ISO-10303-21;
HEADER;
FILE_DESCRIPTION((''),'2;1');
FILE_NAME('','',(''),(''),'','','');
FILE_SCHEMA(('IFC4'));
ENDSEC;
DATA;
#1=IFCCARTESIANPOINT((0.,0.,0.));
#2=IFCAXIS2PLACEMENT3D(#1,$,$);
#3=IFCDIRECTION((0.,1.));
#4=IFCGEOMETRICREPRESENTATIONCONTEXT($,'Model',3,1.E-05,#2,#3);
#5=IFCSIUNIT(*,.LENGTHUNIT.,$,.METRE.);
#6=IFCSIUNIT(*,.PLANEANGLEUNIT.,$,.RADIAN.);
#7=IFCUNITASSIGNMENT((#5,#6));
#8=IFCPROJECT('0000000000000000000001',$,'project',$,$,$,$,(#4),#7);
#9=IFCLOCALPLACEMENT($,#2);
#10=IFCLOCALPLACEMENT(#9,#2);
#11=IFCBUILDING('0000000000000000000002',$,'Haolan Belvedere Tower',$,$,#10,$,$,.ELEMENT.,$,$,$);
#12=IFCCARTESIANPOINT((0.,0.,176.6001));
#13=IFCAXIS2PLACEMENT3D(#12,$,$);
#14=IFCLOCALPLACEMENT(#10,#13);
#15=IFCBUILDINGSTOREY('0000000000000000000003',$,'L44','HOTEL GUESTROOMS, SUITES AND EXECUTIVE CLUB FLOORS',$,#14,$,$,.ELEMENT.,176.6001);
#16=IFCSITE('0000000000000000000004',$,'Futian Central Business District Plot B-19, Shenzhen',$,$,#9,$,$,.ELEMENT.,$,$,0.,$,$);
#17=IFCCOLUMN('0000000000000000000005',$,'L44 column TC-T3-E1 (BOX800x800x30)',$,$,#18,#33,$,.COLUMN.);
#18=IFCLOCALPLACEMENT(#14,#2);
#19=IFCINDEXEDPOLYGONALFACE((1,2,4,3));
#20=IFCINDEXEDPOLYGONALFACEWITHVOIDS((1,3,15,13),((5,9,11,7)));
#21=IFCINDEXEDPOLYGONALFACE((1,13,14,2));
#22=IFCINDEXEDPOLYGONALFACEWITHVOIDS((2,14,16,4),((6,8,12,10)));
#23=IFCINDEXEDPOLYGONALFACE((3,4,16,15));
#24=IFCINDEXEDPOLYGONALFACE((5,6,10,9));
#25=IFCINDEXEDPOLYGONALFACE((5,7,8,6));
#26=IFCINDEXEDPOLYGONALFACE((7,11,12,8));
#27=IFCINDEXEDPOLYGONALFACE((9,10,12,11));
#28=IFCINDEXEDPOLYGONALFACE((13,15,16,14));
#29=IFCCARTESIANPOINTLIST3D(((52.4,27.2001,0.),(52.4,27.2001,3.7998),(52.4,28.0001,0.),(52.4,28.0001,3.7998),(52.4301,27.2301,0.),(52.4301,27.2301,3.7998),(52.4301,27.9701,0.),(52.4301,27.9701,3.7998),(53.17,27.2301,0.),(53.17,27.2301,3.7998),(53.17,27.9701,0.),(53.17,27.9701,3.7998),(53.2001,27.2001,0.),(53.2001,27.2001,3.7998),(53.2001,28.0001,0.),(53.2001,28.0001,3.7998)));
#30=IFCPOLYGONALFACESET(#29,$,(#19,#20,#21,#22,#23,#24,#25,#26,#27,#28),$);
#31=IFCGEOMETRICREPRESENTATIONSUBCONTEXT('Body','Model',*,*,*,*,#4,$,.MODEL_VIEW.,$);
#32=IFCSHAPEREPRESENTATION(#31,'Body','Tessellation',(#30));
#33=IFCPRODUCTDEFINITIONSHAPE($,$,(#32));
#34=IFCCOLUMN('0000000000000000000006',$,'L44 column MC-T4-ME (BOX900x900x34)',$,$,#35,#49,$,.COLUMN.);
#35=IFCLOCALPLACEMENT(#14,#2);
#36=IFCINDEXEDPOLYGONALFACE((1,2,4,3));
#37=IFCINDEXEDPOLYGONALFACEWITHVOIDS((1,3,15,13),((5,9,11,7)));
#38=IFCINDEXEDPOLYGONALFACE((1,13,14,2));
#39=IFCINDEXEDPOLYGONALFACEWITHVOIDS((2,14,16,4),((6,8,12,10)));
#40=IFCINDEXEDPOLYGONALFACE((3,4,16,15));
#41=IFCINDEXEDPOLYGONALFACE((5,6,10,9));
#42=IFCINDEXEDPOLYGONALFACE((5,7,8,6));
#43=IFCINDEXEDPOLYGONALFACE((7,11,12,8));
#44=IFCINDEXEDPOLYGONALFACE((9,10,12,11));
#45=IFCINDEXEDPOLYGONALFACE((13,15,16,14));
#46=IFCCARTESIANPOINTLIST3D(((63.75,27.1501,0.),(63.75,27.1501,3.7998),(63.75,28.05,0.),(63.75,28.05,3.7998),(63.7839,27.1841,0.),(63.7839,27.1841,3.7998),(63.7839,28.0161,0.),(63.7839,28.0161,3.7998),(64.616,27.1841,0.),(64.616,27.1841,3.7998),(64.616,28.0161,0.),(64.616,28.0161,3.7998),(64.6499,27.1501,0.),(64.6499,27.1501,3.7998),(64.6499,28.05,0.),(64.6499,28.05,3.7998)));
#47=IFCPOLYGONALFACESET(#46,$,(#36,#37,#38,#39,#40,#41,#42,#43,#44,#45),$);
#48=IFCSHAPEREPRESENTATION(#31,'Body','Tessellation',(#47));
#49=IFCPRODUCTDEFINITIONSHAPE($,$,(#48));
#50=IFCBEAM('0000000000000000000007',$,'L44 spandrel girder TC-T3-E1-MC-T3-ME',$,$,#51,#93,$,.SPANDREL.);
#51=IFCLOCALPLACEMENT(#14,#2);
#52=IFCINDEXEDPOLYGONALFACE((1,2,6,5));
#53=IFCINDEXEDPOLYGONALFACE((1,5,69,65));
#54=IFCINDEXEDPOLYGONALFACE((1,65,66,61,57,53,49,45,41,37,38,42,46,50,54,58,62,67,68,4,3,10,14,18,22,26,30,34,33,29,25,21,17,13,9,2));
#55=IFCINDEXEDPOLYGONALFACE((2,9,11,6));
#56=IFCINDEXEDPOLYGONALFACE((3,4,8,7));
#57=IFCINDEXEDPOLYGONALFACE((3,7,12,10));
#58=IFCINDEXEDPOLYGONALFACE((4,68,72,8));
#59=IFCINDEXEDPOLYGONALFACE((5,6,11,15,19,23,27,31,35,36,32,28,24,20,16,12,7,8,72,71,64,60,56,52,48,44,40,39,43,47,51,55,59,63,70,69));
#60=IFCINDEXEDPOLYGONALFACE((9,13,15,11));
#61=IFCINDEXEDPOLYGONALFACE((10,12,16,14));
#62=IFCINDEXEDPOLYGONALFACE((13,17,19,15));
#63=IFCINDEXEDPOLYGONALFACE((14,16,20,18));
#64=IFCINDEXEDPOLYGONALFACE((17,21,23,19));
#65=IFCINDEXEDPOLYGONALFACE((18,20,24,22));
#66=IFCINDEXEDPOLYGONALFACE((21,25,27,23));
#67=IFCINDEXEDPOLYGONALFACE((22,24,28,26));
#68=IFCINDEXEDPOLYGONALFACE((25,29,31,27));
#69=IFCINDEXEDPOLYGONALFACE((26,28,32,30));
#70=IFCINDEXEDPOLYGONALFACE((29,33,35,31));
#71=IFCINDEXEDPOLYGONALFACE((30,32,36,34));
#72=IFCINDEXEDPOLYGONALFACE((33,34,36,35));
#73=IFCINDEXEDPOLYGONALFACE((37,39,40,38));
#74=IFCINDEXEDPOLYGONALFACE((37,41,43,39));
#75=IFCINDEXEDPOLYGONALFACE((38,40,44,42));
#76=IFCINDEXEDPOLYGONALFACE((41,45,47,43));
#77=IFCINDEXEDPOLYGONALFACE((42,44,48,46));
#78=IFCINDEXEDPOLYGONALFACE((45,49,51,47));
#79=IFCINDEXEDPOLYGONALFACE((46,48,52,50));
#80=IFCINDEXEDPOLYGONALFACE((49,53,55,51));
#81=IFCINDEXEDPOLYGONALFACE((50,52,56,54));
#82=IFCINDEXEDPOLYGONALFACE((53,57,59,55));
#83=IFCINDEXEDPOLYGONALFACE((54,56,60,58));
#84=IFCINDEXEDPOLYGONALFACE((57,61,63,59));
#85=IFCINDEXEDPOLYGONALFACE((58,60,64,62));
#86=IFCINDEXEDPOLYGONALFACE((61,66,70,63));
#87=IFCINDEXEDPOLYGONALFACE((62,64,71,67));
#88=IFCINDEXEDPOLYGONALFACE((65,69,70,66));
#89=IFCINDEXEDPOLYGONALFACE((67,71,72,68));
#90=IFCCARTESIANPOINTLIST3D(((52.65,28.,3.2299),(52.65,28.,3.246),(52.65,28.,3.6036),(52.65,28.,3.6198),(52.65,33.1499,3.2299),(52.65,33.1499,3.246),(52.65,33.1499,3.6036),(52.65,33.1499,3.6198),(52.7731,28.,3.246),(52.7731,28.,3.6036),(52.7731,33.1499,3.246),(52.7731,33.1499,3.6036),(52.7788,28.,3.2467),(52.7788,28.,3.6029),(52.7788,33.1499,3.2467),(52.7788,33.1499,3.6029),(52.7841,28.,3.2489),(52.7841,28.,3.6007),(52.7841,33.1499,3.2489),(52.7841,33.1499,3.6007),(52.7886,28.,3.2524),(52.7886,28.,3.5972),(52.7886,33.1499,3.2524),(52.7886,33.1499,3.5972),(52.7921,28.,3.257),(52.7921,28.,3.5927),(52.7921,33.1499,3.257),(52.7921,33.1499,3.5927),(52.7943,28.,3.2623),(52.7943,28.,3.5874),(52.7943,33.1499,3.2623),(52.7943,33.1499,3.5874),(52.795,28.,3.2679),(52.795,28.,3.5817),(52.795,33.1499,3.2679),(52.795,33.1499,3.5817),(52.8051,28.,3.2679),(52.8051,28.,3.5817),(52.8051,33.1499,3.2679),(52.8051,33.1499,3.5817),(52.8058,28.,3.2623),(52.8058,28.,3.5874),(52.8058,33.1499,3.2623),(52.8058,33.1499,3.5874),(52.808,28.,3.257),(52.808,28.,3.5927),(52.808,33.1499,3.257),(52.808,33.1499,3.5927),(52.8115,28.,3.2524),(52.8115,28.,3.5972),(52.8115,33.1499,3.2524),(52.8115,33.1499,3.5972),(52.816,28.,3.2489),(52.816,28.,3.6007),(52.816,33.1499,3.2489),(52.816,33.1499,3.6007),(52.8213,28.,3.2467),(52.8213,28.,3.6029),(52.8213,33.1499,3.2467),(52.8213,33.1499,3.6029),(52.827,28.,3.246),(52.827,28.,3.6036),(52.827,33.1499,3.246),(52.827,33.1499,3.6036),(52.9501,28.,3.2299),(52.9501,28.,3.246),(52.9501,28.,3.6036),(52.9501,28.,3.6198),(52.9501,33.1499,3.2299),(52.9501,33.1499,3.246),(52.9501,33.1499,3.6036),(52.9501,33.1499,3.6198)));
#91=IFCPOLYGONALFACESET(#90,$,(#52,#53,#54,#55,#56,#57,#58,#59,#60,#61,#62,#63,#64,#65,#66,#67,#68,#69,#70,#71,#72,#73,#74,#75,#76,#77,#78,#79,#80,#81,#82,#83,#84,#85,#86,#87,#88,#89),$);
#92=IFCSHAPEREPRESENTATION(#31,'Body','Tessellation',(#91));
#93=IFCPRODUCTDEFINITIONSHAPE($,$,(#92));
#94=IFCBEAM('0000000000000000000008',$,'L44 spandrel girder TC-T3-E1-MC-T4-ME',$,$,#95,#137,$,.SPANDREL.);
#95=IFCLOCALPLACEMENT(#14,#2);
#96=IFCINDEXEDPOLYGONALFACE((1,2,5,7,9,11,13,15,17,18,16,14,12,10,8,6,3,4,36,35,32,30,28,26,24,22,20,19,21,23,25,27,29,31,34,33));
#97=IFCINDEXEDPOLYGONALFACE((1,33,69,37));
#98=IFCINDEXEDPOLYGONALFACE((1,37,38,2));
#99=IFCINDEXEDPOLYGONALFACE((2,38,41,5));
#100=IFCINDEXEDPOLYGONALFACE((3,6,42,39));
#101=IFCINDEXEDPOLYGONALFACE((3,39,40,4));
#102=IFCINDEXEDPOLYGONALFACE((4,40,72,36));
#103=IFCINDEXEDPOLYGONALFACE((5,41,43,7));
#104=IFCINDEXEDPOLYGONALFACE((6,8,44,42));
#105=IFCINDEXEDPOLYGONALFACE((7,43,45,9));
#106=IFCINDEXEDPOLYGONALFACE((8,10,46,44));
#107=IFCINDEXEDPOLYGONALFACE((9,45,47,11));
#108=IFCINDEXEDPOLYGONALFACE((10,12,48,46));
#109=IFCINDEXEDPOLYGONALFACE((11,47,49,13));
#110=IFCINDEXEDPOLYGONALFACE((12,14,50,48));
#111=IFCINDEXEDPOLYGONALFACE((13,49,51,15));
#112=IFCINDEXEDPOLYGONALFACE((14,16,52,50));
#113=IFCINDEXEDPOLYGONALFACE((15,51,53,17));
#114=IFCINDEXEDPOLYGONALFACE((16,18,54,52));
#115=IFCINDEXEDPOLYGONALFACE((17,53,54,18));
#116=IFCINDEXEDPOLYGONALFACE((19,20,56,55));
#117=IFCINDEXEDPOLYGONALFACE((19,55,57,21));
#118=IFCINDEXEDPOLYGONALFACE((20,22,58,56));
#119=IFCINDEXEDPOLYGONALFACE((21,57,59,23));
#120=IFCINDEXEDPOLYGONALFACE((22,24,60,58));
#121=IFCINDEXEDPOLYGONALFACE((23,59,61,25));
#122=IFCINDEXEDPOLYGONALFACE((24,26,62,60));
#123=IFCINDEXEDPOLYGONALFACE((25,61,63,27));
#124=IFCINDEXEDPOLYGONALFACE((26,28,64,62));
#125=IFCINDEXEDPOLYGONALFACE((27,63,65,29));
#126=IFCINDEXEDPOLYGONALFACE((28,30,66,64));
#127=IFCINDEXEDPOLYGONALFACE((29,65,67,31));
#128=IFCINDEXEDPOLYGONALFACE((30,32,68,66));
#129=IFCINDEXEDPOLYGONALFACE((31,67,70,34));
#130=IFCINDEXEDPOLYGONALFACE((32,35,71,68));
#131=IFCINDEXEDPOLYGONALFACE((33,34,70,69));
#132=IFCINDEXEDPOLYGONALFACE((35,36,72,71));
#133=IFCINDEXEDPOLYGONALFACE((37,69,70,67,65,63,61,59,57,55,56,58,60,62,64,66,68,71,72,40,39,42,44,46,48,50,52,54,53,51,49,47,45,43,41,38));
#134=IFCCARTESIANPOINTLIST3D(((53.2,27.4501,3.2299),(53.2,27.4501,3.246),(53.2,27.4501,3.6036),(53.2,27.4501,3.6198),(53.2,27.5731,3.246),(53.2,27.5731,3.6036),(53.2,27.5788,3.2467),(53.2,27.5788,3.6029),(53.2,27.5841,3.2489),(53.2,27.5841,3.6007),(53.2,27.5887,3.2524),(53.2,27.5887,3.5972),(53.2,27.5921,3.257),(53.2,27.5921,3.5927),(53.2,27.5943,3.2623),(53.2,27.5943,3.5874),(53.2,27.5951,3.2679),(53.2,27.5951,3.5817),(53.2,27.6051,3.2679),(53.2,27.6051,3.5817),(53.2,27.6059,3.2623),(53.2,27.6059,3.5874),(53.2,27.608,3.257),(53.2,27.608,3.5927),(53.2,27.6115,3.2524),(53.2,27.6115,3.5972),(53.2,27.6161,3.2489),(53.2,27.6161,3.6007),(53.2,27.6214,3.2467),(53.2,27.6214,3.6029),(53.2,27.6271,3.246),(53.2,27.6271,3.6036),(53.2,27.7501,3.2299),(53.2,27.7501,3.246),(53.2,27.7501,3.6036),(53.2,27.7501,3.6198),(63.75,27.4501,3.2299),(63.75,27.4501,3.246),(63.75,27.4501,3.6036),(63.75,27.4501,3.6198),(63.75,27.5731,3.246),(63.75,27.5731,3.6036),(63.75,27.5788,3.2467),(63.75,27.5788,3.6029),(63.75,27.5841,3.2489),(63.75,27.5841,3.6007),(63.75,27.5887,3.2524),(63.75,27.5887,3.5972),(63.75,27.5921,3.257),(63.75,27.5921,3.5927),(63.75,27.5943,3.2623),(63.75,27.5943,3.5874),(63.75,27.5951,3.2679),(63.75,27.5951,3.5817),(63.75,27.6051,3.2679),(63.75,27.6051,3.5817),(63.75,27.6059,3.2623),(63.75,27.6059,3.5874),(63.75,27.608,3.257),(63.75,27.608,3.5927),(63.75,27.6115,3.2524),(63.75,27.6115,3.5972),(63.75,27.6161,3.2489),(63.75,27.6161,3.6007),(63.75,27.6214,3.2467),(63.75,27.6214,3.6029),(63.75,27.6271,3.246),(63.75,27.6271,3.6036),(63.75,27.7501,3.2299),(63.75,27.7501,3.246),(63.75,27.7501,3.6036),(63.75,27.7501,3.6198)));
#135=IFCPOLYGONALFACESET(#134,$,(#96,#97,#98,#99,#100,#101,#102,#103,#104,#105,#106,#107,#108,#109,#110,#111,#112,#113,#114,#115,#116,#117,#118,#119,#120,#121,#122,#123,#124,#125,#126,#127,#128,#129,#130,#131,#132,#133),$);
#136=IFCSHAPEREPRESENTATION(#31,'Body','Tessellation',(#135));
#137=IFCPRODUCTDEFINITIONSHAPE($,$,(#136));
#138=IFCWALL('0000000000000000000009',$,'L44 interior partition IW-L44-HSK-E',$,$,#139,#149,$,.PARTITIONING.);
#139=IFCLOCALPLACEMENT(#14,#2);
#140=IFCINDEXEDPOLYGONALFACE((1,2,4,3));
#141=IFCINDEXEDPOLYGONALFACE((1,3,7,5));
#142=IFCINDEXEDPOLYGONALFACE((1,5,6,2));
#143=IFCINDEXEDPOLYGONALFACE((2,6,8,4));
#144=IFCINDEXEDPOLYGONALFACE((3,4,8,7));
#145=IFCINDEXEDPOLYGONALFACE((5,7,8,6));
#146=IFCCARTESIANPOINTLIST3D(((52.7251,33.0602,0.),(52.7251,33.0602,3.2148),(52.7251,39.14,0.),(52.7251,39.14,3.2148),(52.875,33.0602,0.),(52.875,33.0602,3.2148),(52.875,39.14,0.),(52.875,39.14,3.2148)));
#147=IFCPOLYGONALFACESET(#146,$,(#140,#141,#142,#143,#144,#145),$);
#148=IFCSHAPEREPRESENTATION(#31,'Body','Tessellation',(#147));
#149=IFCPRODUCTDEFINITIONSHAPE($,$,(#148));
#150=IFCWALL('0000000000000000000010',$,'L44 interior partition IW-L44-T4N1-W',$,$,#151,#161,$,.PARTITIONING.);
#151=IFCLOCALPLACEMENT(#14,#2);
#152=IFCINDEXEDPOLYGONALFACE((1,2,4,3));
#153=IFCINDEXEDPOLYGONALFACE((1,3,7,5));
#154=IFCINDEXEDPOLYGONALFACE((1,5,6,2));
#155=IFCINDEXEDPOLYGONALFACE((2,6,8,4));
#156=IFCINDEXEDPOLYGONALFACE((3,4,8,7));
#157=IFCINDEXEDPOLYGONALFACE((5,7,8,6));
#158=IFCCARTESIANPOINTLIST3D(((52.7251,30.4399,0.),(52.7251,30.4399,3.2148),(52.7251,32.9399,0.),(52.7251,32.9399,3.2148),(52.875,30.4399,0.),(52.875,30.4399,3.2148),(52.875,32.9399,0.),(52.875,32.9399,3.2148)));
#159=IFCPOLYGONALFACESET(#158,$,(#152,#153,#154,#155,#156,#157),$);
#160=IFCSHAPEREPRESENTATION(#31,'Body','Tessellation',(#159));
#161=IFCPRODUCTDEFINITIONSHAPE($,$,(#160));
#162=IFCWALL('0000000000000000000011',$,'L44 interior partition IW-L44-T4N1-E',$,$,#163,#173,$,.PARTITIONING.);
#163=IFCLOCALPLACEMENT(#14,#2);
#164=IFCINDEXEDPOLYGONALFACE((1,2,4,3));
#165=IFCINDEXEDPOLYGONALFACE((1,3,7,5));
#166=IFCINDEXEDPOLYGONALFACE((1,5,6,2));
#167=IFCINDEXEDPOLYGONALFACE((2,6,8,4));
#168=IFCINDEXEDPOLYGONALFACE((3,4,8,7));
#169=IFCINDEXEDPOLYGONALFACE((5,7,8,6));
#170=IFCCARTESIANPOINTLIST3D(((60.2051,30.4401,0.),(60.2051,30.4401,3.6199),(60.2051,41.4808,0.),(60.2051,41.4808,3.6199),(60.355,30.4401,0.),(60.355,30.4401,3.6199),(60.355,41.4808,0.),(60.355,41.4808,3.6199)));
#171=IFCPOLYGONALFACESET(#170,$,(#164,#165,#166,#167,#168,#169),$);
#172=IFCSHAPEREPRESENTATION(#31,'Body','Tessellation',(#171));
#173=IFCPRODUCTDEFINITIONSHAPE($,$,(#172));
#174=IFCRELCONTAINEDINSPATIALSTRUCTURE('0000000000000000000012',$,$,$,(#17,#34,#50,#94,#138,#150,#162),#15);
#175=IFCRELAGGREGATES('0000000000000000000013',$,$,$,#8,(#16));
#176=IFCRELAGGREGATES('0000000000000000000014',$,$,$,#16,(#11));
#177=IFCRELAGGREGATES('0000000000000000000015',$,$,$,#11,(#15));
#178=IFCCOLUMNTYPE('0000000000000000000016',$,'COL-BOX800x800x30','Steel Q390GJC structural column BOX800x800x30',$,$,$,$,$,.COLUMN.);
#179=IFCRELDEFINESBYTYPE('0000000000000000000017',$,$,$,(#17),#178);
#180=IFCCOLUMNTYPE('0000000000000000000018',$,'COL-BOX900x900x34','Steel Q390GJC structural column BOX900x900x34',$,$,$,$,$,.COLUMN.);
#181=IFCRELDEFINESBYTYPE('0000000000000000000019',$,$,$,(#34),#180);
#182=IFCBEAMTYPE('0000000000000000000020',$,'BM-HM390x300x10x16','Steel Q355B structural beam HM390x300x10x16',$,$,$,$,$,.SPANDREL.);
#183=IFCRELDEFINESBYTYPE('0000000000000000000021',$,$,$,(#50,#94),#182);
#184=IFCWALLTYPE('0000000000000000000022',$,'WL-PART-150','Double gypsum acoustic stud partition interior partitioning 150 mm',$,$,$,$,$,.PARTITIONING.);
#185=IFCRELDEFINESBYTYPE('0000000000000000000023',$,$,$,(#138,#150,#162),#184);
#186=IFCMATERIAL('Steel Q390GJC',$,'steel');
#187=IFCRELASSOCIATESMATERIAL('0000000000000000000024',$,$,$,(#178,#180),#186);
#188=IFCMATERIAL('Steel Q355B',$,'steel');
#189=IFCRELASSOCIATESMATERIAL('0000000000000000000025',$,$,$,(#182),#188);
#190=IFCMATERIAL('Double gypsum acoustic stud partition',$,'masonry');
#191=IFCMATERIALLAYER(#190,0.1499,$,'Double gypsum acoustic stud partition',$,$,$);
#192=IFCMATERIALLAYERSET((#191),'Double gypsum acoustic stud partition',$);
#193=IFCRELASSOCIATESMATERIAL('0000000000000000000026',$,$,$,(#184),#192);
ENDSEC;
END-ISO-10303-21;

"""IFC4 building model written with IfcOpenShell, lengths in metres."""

from ifc_helpers import new_model, si_unit, direction, frame, frame_2d, origin, origin_2d, place, context, subcontext, project, spatial, rectangle, hollow_rectangle, i_section, extrude, material, layer, layer_set, material_profile, profile_set, type_object, element, save


model = new_model("IFC4")

# Units and contexts
model_context = context("Model", 3, precision=1e-05, world=origin(), true_north=direction((0.0, 1.0)))
body_context = subcontext(model_context, "Body", "Model", "MODEL_VIEW")
ifc_project = project(units=[si_unit("LENGTHUNIT", "METRE"), si_unit("PLANEANGLEUNIT", "RADIAN")], contexts=[model_context])

# Site, building, storey
site_placement = place(None, origin())
site = spatial("IfcSite", under=ifc_project, at=site_placement, Name="Futian Central Business District Plot B-19, Shenzhen", CompositionType="ELEMENT", RefElevation=0.0)
building_placement = place(site_placement, origin())
building = spatial("IfcBuilding", under=site, at=building_placement, Name="Haolan Belvedere Tower", CompositionType="ELEMENT")
storey_placement = place(building_placement, frame((0.0, 0.0, 176.6001)))
storey = spatial("IfcBuildingStorey", under=building, at=storey_placement, Name="L44", Description="HOTEL GUESTROOMS, SUITES AND EXECUTIVE CLUB FLOORS", CompositionType="ELEMENT", Elevation=176.6001)

# Columns
ifc_material_1 = material(Name="Steel Q390GJC", Category="steel")
ifc_material_profile_1 = material_profile(ifc_material_1, hollow_rectangle(XDim=0.8, YDim=0.8, WallThickness=0.03, at=origin_2d()), Name="Steel Q390GJC")
ifc_profile_set_1 = profile_set([ifc_material_profile_1], Name="Steel Q390GJC")
column_type_1 = type_object("IfcColumnType", Name="COL-BOX800x800x30", Description="Steel Q390GJC structural column BOX800x800x30", PredefinedType="COLUMN", material=ifc_profile_set_1)
column_1_placement = place(storey_placement, frame((52.8, 27.6001, 0.0), z_axis=(0.0, 0.0, 1.0), x_axis=(1.0, 0.0, 0.0)))
element("IfcColumn", 1, at=column_1_placement, inside=storey, type_object=column_type_1, Name="L44 column TC-T3-E1 (BOX800x800x30)", PredefinedType="COLUMN", context=body_context, shape_type="SweptSolid", body=[
    extrude(hollow_rectangle(XDim=0.8, YDim=0.8, WallThickness=0.03, at=origin_2d()), origin(), (0.0, 0.0, 1.0), 3.7998),
])
ifc_material_profile_2 = material_profile(ifc_material_1, hollow_rectangle(XDim=0.8999, YDim=0.8999, WallThickness=0.0339, at=origin_2d()), Name="Steel Q390GJC")
ifc_profile_set_2 = profile_set([ifc_material_profile_2], Name="Steel Q390GJC")
column_type_2 = type_object("IfcColumnType", Name="COL-BOX900x900x34", Description="Steel Q390GJC structural column BOX900x900x34", PredefinedType="COLUMN", material=ifc_profile_set_2)
column_2_placement = place(storey_placement, frame((64.2, 27.6001, 0.0), z_axis=(0.0, 0.0, 1.0), x_axis=(1.0, 0.0, 0.0)))
element("IfcColumn", 2, at=column_2_placement, inside=storey, type_object=column_type_2, Name="L44 column MC-T4-ME (BOX900x900x34)", PredefinedType="COLUMN", context=body_context, shape_type="SweptSolid", body=[
    extrude(hollow_rectangle(XDim=0.8999, YDim=0.8999, WallThickness=0.0339, at=origin_2d()), origin(), (0.0, 0.0, 1.0), 3.7998),
])

# Beams
ifc_material_2 = material(Name="Steel Q355B", Category="steel")
ifc_material_profile_3 = material_profile(ifc_material_2, i_section(OverallWidth=0.3, OverallDepth=0.3899, WebThickness=0.01, FlangeThickness=0.0161, FilletRadius=0.022, at=origin_2d()), Name="Steel Q355B")
ifc_profile_set_3 = profile_set([ifc_material_profile_3], Name="Steel Q355B")
beam_type = type_object("IfcBeamType", Name="BM-HM390x300x10x16", Description="Steel Q355B structural beam HM390x300x10x16", PredefinedType="SPANDREL", material=ifc_profile_set_3)
beam_1_placement = place(storey_placement, frame((52.8, 28.0, 3.4248), z_axis=(0.0, 1.0, 0.0), x_axis=(-1.0, 0.0, 0.0)))
element("IfcBeam", 3, at=beam_1_placement, inside=storey, type_object=beam_type, Name="L44 spandrel girder TC-T3-E1-MC-T3-ME", PredefinedType="SPANDREL", context=body_context, shape_type="SweptSolid", body=[
    extrude(i_section(OverallWidth=0.3, OverallDepth=0.3899, WebThickness=0.01, FlangeThickness=0.0161, FilletRadius=0.022, at=origin_2d()), origin(), (0.0, 0.0, 1.0), 5.1499),
])
beam_2_placement = place(storey_placement, frame((53.2, 27.6001, 3.4248), z_axis=(1.0, 0.0, 0.0), x_axis=(0.0, 1.0, 0.0)))
element("IfcBeam", 4, at=beam_2_placement, inside=storey, type_object=beam_type, Name="L44 spandrel girder TC-T3-E1-MC-T4-ME", PredefinedType="SPANDREL", context=body_context, shape_type="SweptSolid", body=[
    extrude(i_section(OverallWidth=0.3, OverallDepth=0.3899, WebThickness=0.01, FlangeThickness=0.0161, FilletRadius=0.022, at=origin_2d()), origin(), (0.0, 0.0, 1.0), 10.55),
])

# Walls
ifc_material_3 = material(Name="Double gypsum acoustic stud partition", Category="masonry")
ifc_layer_1 = layer(ifc_material_3, 0.1499, Name="Double gypsum acoustic stud partition")
ifc_layer_set_1 = layer_set([ifc_layer_1], Name="Double gypsum acoustic stud partition")
wall_type_1 = type_object("IfcWallType", Name="WL-PART-150", Description="Double gypsum acoustic stud partition interior partitioning 150 mm", PredefinedType="PARTITIONING", material=ifc_layer_set_1)
wall_1_placement = place(storey_placement, frame((52.8, 33.0601, 0.0), z_axis=(0.0, 0.0, 1.0), x_axis=(0.0, 1.0, 0.0)))
element("IfcWall", 5, at=wall_1_placement, inside=storey, type_object=wall_type_1, Name="L44 interior partition IW-L44-HSK-E", PredefinedType="PARTITIONING", context=body_context, shape_type="SweptSolid", body=[
    extrude(rectangle(XDim=6.0798, YDim=0.1499, at=frame_2d((3.04, 0.0))), origin(), (0.0, 0.0, 1.0), 3.2148),
])
wall_2_placement = place(storey_placement, frame((52.8, 30.4399, 0.0), z_axis=(0.0, 0.0, 1.0), x_axis=(0.0, 1.0, 0.0)))
element("IfcWall", 6, at=wall_2_placement, inside=storey, type_object=wall_type_1, Name="L44 interior partition IW-L44-T4N1-W", PredefinedType="PARTITIONING", context=body_context, shape_type="SweptSolid", body=[
    extrude(rectangle(XDim=2.5, YDim=0.1499, at=frame_2d((1.25, 0.0))), origin(), (0.0, 0.0, 1.0), 3.2148),
])
wall_3_placement = place(storey_placement, frame((60.28, 30.4399, 0.0), z_axis=(0.0, 0.0, 1.0), x_axis=(0.0, 1.0, 0.0)))
element("IfcWall", 7, at=wall_3_placement, inside=storey, type_object=wall_type_1, Name="L44 interior partition IW-L44-T4N1-E", PredefinedType="PARTITIONING", context=body_context, shape_type="SweptSolid", body=[
    extrude(rectangle(XDim=11.0408, YDim=0.1499, at=frame_2d((5.5205, 0.0))), origin(), (0.0, 0.0, 1.0), 3.6199),
])

save(model, "model.ifc")
